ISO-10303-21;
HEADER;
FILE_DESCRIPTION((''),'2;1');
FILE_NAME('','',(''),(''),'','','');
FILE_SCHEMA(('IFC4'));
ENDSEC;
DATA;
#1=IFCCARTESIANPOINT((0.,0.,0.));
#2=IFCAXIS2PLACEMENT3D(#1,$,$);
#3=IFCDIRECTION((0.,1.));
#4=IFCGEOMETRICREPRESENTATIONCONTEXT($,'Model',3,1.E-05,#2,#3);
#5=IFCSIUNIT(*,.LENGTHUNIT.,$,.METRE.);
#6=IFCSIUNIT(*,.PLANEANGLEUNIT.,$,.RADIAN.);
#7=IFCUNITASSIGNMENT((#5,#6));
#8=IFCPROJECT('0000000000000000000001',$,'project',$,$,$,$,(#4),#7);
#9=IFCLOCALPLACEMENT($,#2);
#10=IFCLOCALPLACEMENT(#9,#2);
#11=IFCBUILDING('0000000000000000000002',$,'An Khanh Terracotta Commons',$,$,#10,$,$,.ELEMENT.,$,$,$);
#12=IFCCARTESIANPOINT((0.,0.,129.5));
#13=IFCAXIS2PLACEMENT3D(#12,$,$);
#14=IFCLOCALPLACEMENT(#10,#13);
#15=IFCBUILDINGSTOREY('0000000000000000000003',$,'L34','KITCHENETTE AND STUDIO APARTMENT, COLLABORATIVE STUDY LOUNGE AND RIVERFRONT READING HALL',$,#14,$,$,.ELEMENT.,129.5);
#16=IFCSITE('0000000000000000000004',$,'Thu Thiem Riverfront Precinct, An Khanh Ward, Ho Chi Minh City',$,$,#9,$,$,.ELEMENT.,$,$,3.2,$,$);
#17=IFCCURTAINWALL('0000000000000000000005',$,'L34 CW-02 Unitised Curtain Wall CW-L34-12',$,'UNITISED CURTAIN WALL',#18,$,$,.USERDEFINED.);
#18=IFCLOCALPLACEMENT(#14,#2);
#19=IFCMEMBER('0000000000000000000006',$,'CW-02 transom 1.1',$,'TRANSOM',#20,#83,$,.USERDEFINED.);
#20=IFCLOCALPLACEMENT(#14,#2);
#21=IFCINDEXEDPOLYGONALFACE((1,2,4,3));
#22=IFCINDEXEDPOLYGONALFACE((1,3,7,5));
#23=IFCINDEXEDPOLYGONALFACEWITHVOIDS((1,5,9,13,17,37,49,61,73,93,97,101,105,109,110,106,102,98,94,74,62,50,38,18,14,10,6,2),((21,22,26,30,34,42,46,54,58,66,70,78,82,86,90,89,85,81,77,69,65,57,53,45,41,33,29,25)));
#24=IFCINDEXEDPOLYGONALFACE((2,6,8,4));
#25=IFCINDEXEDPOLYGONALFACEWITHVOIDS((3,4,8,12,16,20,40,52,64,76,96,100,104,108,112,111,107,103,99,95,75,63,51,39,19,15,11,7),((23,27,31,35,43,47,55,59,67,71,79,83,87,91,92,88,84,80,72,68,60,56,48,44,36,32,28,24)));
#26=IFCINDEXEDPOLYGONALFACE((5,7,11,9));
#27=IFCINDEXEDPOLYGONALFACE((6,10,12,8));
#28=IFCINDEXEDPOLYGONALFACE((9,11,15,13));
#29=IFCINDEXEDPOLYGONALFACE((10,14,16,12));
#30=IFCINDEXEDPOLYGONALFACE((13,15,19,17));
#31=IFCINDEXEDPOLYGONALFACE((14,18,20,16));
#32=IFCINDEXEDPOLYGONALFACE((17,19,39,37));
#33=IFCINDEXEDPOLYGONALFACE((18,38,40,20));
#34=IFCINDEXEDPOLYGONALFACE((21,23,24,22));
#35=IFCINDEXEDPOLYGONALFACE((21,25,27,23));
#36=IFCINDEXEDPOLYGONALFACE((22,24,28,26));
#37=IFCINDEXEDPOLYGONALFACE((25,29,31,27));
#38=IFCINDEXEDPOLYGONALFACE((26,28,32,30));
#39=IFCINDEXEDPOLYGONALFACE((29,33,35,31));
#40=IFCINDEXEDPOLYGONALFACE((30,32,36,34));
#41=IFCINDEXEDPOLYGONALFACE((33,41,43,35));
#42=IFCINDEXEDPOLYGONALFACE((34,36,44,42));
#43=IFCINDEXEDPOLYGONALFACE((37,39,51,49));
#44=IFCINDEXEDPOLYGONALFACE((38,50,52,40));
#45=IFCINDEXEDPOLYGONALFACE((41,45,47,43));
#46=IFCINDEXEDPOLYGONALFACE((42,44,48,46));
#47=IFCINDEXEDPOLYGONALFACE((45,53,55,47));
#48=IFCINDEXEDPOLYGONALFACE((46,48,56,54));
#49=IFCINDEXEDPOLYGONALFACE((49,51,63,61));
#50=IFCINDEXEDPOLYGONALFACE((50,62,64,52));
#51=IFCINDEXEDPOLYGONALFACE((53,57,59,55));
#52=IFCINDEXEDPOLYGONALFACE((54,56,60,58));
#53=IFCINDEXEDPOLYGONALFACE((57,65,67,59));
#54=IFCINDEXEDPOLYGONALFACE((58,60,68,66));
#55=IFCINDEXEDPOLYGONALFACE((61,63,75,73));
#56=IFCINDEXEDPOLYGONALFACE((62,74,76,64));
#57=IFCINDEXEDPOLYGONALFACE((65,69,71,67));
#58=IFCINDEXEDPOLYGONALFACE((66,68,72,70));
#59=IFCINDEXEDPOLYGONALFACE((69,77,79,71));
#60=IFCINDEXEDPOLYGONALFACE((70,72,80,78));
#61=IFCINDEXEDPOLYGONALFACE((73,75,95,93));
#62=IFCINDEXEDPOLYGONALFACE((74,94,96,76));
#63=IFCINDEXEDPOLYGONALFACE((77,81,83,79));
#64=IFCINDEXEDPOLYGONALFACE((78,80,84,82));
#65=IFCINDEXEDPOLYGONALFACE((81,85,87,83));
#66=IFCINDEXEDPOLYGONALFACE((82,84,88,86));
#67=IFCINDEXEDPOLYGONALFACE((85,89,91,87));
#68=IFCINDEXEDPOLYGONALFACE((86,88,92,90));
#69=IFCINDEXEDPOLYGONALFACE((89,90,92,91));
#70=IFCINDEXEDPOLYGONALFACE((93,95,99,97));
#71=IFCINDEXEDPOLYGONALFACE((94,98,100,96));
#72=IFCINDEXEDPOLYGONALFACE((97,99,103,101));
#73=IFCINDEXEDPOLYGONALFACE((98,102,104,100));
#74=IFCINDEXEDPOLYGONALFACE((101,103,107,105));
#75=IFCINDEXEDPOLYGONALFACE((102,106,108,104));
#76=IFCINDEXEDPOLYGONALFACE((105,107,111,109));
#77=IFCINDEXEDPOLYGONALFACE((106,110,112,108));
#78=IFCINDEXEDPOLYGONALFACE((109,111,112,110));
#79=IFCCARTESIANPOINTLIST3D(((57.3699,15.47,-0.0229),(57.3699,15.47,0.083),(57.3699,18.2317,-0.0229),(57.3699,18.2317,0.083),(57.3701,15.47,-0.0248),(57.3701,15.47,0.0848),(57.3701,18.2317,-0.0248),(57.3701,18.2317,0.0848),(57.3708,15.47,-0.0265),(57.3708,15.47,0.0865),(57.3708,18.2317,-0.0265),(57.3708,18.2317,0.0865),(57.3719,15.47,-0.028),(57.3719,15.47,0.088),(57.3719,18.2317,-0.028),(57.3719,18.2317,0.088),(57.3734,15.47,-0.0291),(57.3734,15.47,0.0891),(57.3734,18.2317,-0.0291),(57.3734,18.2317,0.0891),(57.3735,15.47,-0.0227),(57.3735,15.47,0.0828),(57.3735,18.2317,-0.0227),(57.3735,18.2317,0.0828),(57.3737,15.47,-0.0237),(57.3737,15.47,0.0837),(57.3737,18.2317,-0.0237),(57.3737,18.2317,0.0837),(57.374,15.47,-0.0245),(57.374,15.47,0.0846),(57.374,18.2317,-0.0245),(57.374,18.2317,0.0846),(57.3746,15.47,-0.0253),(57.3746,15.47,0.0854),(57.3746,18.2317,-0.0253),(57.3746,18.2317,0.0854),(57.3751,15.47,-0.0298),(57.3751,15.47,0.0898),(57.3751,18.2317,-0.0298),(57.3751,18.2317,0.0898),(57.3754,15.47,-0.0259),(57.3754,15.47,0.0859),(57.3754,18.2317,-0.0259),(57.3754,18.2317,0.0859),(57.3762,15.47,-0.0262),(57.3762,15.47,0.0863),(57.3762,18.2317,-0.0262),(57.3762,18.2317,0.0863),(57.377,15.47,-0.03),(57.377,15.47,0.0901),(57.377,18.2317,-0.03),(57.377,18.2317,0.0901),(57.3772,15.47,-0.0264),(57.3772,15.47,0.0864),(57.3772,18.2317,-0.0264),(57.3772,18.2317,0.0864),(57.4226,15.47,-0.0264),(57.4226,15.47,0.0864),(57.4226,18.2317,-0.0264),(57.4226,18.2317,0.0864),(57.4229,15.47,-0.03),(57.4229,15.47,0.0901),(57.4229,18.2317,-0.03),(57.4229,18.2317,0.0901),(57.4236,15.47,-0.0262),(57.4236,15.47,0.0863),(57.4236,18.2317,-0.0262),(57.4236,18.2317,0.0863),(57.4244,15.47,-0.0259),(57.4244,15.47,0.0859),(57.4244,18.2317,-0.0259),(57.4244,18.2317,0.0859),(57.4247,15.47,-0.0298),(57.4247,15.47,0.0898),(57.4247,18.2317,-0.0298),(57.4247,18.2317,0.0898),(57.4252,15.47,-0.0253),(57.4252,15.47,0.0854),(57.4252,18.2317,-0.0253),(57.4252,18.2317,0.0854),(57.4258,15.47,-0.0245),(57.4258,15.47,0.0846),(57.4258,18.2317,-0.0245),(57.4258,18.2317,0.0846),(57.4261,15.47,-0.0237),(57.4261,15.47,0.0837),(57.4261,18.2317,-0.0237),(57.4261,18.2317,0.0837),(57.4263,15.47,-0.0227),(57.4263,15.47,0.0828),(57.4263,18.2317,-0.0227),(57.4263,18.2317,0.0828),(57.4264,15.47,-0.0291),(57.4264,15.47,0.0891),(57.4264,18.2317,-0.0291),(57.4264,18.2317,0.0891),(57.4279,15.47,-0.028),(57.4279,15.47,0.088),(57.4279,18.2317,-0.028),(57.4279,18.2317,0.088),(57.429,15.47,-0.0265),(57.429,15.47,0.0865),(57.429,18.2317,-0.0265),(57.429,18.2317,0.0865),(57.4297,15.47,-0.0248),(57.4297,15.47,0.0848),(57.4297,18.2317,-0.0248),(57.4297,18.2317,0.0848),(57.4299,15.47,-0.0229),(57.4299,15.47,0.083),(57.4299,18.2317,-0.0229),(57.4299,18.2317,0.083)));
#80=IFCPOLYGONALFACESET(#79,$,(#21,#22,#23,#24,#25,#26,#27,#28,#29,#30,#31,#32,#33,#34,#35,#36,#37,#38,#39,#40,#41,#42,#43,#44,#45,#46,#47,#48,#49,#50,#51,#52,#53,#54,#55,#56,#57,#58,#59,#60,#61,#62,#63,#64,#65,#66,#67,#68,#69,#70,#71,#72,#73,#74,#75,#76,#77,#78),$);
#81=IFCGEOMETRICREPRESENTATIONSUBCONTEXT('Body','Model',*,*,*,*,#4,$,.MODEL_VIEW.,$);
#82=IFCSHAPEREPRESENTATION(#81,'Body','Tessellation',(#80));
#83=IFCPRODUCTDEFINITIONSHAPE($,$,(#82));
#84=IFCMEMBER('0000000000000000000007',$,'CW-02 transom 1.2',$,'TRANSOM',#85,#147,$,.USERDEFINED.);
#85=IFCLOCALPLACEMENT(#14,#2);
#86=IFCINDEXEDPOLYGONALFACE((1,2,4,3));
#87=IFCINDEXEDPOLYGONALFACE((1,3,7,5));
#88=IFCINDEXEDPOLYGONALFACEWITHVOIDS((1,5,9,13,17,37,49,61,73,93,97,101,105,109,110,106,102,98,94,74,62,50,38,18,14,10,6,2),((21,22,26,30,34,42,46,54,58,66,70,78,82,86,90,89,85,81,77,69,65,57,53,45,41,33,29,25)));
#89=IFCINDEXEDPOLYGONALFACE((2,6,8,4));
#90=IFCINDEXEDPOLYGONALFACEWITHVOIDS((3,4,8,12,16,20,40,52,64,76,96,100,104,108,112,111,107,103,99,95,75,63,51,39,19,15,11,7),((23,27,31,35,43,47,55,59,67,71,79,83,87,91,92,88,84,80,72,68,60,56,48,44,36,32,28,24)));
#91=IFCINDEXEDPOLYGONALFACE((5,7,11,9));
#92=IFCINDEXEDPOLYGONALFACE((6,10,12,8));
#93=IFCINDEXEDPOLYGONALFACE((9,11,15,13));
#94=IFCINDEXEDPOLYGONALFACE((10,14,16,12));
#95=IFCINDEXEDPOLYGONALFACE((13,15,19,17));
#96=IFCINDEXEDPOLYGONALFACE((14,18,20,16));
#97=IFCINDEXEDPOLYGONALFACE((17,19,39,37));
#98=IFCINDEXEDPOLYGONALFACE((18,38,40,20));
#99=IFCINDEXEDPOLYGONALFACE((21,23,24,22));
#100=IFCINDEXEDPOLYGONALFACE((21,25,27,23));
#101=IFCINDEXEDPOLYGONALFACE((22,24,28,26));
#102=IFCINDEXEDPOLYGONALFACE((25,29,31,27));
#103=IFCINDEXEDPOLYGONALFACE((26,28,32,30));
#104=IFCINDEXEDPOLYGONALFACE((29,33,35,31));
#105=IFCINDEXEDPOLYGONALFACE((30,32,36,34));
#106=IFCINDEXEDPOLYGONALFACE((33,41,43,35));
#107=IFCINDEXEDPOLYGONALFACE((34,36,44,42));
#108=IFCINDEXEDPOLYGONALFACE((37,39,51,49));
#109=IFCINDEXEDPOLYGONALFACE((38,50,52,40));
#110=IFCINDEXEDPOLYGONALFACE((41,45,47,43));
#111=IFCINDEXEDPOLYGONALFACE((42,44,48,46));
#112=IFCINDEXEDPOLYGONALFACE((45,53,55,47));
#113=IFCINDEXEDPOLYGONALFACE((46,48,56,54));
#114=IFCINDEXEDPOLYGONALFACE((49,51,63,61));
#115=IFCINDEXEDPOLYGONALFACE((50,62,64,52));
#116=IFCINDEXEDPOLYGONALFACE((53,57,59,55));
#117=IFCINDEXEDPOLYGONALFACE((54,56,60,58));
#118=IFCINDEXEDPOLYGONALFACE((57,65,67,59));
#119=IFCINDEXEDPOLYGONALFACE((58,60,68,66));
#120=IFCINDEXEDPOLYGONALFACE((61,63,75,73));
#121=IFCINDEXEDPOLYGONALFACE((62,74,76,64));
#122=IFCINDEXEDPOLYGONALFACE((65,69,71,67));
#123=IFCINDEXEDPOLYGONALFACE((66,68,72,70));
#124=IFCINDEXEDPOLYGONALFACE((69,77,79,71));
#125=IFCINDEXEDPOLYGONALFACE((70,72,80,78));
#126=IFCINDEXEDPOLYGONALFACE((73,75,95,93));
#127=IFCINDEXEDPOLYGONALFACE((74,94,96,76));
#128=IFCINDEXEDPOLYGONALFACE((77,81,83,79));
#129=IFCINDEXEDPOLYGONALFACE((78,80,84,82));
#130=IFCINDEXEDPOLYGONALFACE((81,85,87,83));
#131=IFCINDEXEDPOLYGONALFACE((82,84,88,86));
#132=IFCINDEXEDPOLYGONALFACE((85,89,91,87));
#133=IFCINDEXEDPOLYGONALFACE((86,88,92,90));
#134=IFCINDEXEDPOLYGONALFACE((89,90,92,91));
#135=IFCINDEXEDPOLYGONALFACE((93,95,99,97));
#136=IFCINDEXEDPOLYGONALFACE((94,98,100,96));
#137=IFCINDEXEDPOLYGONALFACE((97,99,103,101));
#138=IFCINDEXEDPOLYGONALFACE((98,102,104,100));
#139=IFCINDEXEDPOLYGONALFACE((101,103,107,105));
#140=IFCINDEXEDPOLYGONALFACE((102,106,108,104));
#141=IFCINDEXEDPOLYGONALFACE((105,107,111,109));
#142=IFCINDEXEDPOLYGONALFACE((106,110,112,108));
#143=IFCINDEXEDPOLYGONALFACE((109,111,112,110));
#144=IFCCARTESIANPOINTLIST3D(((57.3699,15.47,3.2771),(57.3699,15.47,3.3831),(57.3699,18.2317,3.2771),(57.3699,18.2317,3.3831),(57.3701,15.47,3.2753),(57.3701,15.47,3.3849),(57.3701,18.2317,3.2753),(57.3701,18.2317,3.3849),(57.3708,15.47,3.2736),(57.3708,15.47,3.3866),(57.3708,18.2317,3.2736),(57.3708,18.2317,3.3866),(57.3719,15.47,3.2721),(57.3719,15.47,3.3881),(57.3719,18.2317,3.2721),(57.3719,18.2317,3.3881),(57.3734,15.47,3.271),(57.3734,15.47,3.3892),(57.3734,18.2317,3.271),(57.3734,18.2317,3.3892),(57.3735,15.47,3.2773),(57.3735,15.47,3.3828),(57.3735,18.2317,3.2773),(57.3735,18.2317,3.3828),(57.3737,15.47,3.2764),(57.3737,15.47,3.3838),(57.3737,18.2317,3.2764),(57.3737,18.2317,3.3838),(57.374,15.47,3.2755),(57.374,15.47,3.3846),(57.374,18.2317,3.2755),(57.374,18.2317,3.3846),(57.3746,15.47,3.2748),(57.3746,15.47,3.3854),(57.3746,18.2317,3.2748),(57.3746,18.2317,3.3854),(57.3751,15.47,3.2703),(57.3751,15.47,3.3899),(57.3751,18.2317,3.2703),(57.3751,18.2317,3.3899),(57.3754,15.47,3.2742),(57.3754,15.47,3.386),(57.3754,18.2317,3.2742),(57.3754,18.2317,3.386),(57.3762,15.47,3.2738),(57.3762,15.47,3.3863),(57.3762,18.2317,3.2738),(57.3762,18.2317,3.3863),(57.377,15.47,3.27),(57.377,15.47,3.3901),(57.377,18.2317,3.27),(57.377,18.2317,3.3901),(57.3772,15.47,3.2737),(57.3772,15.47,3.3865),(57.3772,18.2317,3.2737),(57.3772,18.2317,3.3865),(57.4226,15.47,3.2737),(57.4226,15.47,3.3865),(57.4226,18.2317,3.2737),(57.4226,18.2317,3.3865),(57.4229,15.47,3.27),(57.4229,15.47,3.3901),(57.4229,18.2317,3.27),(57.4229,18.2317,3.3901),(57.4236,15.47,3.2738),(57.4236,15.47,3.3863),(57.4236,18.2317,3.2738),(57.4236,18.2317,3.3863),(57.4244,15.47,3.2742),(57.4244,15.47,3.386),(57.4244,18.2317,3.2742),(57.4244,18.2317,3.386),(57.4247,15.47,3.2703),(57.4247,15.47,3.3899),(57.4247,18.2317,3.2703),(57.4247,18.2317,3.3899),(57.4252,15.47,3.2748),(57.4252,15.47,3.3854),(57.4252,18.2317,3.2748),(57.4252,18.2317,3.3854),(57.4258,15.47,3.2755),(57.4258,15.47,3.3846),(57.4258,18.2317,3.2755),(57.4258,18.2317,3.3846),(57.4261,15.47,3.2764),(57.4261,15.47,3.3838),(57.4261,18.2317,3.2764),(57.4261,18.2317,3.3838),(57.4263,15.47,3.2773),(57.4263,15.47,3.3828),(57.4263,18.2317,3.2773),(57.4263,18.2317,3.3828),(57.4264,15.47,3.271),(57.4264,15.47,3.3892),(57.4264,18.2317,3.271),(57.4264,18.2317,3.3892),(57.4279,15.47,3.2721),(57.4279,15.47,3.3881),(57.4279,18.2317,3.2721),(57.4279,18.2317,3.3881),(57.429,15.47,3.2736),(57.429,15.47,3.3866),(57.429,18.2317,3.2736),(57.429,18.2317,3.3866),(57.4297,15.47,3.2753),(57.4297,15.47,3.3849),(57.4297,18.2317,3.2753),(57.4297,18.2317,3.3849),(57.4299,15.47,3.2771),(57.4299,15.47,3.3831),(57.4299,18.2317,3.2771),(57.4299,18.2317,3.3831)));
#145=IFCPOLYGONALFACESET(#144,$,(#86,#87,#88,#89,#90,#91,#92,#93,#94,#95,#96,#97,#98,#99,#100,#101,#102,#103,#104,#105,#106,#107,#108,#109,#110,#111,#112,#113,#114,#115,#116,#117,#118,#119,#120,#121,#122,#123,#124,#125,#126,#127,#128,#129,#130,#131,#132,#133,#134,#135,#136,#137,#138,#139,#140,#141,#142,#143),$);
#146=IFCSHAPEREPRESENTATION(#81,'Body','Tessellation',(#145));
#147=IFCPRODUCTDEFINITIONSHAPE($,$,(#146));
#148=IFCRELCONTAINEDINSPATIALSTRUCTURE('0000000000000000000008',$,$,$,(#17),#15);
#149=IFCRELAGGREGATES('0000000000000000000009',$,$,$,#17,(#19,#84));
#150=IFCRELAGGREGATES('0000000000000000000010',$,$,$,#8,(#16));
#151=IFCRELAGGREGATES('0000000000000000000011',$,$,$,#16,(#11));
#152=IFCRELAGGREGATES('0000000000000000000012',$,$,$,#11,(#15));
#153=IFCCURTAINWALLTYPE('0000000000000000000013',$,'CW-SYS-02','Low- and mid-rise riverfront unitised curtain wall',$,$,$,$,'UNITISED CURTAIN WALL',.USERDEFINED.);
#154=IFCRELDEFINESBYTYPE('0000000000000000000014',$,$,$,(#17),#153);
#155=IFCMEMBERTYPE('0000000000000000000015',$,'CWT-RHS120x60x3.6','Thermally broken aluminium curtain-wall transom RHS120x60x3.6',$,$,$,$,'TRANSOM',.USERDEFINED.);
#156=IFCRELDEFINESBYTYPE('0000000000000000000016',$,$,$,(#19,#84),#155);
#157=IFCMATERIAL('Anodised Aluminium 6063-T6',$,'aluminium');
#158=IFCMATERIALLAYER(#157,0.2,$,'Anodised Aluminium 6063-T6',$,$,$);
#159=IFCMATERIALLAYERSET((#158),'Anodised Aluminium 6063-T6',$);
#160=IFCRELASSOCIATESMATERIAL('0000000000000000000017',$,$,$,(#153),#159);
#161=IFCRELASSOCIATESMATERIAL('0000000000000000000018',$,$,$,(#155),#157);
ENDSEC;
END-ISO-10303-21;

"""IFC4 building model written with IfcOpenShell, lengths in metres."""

from ifc_helpers import new_model, si_unit, direction, frame, origin, origin_2d, place, context, subcontext, project, spatial, hollow_rectangle, extrude, material, layer, layer_set, material_profile, profile_set, type_object, element, aggregate, save


model = new_model("IFC4")

# Units and contexts
model_context = context("Model", 3, precision=1e-05, world=origin(), true_north=direction((0.0, 1.0)))
body_context = subcontext(model_context, "Body", "Model", "MODEL_VIEW")
ifc_project = project(units=[si_unit("LENGTHUNIT", "METRE"), si_unit("PLANEANGLEUNIT", "RADIAN")], contexts=[model_context])

# Site, building, storey
site_placement = place(None, origin())
site = spatial("IfcSite", under=ifc_project, at=site_placement, Name="Thu Thiem Riverfront Precinct, An Khanh Ward, Ho Chi Minh City", CompositionType="ELEMENT", RefElevation=3.2)
building_placement = place(site_placement, origin())
building = spatial("IfcBuilding", under=site, at=building_placement, Name="An Khanh Terracotta Commons", CompositionType="ELEMENT")
storey_placement = place(building_placement, frame((0.0, 0.0, 129.5)))
storey = spatial("IfcBuildingStorey", under=building, at=storey_placement, Name="L34", Description="KITCHENETTE AND STUDIO APARTMENT, COLLABORATIVE STUDY LOUNGE AND RIVERFRONT READING HALL", CompositionType="ELEMENT", Elevation=129.5)

# Curtain wall
ifc_material_1 = material(Name="Anodised Aluminium 6063-T6", Category="aluminium")
ifc_layer_1 = layer(ifc_material_1, 0.2, Name="Anodised Aluminium 6063-T6")
ifc_layer_set_1 = layer_set([ifc_layer_1], Name="Anodised Aluminium 6063-T6")
curtain_wall_type = type_object("IfcCurtainWallType", Name="CW-SYS-02", Description="Low- and mid-rise riverfront unitised curtain wall", ElementType="UNITISED CURTAIN WALL", PredefinedType="USERDEFINED", material=ifc_layer_set_1)
curtain_wall_1_placement = place(storey_placement, origin())
curtain_wall_1 = element("IfcCurtainWall", 1, at=curtain_wall_1_placement, inside=storey, type_object=curtain_wall_type, Name="L34 CW-02 Unitised Curtain Wall CW-L34-12", ObjectType="UNITISED CURTAIN WALL", PredefinedType="USERDEFINED")

# Members
ifc_material_profile_1 = material_profile(ifc_material_1, hollow_rectangle(XDim=0.0601, YDim=0.1201, WallThickness=0.0037, InnerFilletRadius=0.0037, OuterFilletRadius=0.0071, at=origin_2d()), Name="RHS120x60x3.6")
ifc_profile_set_1 = profile_set([ifc_material_profile_1], Name="Anodised Aluminium 6063-T6")
member_type_1 = type_object("IfcMemberType", Name="CWT-RHS120x60x3.6", Description="Thermally broken aluminium curtain-wall transom RHS120x60x3.6", ElementType="TRANSOM", PredefinedType="USERDEFINED", material=ifc_profile_set_1)
member_1_placement = place(storey_placement, frame((57.3999, 15.47, 0.03), z_axis=(0.0, 1.0, 0.0), x_axis=(-1.0, 0.0, 0.0)))
member_1 = element("IfcMember", 2, at=member_1_placement, type_object=member_type_1, Name="CW-02 transom 1.1", ObjectType="TRANSOM", PredefinedType="USERDEFINED", context=body_context, shape_type="SweptSolid", body=[
    extrude(hollow_rectangle(XDim=0.0601, YDim=0.1201, WallThickness=0.0037, InnerFilletRadius=0.0037, OuterFilletRadius=0.0071, at=origin_2d()), origin(), (0.0, 0.0, 1.0), 2.7617),
])
member_2_placement = place(storey_placement, frame((57.3999, 15.47, 3.3301), z_axis=(0.0, 1.0, 0.0), x_axis=(-1.0, 0.0, 0.0)))
member_2 = element("IfcMember", 3, at=member_2_placement, type_object=member_type_1, Name="CW-02 transom 1.2", ObjectType="TRANSOM", PredefinedType="USERDEFINED", context=body_context, shape_type="SweptSolid", body=[
    extrude(hollow_rectangle(XDim=0.0601, YDim=0.1201, WallThickness=0.0037, InnerFilletRadius=0.0037, OuterFilletRadius=0.0071, at=origin_2d()), origin(), (0.0, 0.0, 1.0), 2.7617),
])

aggregate(curtain_wall_1, [member_1, member_2])

save(model, "model.ifc")
